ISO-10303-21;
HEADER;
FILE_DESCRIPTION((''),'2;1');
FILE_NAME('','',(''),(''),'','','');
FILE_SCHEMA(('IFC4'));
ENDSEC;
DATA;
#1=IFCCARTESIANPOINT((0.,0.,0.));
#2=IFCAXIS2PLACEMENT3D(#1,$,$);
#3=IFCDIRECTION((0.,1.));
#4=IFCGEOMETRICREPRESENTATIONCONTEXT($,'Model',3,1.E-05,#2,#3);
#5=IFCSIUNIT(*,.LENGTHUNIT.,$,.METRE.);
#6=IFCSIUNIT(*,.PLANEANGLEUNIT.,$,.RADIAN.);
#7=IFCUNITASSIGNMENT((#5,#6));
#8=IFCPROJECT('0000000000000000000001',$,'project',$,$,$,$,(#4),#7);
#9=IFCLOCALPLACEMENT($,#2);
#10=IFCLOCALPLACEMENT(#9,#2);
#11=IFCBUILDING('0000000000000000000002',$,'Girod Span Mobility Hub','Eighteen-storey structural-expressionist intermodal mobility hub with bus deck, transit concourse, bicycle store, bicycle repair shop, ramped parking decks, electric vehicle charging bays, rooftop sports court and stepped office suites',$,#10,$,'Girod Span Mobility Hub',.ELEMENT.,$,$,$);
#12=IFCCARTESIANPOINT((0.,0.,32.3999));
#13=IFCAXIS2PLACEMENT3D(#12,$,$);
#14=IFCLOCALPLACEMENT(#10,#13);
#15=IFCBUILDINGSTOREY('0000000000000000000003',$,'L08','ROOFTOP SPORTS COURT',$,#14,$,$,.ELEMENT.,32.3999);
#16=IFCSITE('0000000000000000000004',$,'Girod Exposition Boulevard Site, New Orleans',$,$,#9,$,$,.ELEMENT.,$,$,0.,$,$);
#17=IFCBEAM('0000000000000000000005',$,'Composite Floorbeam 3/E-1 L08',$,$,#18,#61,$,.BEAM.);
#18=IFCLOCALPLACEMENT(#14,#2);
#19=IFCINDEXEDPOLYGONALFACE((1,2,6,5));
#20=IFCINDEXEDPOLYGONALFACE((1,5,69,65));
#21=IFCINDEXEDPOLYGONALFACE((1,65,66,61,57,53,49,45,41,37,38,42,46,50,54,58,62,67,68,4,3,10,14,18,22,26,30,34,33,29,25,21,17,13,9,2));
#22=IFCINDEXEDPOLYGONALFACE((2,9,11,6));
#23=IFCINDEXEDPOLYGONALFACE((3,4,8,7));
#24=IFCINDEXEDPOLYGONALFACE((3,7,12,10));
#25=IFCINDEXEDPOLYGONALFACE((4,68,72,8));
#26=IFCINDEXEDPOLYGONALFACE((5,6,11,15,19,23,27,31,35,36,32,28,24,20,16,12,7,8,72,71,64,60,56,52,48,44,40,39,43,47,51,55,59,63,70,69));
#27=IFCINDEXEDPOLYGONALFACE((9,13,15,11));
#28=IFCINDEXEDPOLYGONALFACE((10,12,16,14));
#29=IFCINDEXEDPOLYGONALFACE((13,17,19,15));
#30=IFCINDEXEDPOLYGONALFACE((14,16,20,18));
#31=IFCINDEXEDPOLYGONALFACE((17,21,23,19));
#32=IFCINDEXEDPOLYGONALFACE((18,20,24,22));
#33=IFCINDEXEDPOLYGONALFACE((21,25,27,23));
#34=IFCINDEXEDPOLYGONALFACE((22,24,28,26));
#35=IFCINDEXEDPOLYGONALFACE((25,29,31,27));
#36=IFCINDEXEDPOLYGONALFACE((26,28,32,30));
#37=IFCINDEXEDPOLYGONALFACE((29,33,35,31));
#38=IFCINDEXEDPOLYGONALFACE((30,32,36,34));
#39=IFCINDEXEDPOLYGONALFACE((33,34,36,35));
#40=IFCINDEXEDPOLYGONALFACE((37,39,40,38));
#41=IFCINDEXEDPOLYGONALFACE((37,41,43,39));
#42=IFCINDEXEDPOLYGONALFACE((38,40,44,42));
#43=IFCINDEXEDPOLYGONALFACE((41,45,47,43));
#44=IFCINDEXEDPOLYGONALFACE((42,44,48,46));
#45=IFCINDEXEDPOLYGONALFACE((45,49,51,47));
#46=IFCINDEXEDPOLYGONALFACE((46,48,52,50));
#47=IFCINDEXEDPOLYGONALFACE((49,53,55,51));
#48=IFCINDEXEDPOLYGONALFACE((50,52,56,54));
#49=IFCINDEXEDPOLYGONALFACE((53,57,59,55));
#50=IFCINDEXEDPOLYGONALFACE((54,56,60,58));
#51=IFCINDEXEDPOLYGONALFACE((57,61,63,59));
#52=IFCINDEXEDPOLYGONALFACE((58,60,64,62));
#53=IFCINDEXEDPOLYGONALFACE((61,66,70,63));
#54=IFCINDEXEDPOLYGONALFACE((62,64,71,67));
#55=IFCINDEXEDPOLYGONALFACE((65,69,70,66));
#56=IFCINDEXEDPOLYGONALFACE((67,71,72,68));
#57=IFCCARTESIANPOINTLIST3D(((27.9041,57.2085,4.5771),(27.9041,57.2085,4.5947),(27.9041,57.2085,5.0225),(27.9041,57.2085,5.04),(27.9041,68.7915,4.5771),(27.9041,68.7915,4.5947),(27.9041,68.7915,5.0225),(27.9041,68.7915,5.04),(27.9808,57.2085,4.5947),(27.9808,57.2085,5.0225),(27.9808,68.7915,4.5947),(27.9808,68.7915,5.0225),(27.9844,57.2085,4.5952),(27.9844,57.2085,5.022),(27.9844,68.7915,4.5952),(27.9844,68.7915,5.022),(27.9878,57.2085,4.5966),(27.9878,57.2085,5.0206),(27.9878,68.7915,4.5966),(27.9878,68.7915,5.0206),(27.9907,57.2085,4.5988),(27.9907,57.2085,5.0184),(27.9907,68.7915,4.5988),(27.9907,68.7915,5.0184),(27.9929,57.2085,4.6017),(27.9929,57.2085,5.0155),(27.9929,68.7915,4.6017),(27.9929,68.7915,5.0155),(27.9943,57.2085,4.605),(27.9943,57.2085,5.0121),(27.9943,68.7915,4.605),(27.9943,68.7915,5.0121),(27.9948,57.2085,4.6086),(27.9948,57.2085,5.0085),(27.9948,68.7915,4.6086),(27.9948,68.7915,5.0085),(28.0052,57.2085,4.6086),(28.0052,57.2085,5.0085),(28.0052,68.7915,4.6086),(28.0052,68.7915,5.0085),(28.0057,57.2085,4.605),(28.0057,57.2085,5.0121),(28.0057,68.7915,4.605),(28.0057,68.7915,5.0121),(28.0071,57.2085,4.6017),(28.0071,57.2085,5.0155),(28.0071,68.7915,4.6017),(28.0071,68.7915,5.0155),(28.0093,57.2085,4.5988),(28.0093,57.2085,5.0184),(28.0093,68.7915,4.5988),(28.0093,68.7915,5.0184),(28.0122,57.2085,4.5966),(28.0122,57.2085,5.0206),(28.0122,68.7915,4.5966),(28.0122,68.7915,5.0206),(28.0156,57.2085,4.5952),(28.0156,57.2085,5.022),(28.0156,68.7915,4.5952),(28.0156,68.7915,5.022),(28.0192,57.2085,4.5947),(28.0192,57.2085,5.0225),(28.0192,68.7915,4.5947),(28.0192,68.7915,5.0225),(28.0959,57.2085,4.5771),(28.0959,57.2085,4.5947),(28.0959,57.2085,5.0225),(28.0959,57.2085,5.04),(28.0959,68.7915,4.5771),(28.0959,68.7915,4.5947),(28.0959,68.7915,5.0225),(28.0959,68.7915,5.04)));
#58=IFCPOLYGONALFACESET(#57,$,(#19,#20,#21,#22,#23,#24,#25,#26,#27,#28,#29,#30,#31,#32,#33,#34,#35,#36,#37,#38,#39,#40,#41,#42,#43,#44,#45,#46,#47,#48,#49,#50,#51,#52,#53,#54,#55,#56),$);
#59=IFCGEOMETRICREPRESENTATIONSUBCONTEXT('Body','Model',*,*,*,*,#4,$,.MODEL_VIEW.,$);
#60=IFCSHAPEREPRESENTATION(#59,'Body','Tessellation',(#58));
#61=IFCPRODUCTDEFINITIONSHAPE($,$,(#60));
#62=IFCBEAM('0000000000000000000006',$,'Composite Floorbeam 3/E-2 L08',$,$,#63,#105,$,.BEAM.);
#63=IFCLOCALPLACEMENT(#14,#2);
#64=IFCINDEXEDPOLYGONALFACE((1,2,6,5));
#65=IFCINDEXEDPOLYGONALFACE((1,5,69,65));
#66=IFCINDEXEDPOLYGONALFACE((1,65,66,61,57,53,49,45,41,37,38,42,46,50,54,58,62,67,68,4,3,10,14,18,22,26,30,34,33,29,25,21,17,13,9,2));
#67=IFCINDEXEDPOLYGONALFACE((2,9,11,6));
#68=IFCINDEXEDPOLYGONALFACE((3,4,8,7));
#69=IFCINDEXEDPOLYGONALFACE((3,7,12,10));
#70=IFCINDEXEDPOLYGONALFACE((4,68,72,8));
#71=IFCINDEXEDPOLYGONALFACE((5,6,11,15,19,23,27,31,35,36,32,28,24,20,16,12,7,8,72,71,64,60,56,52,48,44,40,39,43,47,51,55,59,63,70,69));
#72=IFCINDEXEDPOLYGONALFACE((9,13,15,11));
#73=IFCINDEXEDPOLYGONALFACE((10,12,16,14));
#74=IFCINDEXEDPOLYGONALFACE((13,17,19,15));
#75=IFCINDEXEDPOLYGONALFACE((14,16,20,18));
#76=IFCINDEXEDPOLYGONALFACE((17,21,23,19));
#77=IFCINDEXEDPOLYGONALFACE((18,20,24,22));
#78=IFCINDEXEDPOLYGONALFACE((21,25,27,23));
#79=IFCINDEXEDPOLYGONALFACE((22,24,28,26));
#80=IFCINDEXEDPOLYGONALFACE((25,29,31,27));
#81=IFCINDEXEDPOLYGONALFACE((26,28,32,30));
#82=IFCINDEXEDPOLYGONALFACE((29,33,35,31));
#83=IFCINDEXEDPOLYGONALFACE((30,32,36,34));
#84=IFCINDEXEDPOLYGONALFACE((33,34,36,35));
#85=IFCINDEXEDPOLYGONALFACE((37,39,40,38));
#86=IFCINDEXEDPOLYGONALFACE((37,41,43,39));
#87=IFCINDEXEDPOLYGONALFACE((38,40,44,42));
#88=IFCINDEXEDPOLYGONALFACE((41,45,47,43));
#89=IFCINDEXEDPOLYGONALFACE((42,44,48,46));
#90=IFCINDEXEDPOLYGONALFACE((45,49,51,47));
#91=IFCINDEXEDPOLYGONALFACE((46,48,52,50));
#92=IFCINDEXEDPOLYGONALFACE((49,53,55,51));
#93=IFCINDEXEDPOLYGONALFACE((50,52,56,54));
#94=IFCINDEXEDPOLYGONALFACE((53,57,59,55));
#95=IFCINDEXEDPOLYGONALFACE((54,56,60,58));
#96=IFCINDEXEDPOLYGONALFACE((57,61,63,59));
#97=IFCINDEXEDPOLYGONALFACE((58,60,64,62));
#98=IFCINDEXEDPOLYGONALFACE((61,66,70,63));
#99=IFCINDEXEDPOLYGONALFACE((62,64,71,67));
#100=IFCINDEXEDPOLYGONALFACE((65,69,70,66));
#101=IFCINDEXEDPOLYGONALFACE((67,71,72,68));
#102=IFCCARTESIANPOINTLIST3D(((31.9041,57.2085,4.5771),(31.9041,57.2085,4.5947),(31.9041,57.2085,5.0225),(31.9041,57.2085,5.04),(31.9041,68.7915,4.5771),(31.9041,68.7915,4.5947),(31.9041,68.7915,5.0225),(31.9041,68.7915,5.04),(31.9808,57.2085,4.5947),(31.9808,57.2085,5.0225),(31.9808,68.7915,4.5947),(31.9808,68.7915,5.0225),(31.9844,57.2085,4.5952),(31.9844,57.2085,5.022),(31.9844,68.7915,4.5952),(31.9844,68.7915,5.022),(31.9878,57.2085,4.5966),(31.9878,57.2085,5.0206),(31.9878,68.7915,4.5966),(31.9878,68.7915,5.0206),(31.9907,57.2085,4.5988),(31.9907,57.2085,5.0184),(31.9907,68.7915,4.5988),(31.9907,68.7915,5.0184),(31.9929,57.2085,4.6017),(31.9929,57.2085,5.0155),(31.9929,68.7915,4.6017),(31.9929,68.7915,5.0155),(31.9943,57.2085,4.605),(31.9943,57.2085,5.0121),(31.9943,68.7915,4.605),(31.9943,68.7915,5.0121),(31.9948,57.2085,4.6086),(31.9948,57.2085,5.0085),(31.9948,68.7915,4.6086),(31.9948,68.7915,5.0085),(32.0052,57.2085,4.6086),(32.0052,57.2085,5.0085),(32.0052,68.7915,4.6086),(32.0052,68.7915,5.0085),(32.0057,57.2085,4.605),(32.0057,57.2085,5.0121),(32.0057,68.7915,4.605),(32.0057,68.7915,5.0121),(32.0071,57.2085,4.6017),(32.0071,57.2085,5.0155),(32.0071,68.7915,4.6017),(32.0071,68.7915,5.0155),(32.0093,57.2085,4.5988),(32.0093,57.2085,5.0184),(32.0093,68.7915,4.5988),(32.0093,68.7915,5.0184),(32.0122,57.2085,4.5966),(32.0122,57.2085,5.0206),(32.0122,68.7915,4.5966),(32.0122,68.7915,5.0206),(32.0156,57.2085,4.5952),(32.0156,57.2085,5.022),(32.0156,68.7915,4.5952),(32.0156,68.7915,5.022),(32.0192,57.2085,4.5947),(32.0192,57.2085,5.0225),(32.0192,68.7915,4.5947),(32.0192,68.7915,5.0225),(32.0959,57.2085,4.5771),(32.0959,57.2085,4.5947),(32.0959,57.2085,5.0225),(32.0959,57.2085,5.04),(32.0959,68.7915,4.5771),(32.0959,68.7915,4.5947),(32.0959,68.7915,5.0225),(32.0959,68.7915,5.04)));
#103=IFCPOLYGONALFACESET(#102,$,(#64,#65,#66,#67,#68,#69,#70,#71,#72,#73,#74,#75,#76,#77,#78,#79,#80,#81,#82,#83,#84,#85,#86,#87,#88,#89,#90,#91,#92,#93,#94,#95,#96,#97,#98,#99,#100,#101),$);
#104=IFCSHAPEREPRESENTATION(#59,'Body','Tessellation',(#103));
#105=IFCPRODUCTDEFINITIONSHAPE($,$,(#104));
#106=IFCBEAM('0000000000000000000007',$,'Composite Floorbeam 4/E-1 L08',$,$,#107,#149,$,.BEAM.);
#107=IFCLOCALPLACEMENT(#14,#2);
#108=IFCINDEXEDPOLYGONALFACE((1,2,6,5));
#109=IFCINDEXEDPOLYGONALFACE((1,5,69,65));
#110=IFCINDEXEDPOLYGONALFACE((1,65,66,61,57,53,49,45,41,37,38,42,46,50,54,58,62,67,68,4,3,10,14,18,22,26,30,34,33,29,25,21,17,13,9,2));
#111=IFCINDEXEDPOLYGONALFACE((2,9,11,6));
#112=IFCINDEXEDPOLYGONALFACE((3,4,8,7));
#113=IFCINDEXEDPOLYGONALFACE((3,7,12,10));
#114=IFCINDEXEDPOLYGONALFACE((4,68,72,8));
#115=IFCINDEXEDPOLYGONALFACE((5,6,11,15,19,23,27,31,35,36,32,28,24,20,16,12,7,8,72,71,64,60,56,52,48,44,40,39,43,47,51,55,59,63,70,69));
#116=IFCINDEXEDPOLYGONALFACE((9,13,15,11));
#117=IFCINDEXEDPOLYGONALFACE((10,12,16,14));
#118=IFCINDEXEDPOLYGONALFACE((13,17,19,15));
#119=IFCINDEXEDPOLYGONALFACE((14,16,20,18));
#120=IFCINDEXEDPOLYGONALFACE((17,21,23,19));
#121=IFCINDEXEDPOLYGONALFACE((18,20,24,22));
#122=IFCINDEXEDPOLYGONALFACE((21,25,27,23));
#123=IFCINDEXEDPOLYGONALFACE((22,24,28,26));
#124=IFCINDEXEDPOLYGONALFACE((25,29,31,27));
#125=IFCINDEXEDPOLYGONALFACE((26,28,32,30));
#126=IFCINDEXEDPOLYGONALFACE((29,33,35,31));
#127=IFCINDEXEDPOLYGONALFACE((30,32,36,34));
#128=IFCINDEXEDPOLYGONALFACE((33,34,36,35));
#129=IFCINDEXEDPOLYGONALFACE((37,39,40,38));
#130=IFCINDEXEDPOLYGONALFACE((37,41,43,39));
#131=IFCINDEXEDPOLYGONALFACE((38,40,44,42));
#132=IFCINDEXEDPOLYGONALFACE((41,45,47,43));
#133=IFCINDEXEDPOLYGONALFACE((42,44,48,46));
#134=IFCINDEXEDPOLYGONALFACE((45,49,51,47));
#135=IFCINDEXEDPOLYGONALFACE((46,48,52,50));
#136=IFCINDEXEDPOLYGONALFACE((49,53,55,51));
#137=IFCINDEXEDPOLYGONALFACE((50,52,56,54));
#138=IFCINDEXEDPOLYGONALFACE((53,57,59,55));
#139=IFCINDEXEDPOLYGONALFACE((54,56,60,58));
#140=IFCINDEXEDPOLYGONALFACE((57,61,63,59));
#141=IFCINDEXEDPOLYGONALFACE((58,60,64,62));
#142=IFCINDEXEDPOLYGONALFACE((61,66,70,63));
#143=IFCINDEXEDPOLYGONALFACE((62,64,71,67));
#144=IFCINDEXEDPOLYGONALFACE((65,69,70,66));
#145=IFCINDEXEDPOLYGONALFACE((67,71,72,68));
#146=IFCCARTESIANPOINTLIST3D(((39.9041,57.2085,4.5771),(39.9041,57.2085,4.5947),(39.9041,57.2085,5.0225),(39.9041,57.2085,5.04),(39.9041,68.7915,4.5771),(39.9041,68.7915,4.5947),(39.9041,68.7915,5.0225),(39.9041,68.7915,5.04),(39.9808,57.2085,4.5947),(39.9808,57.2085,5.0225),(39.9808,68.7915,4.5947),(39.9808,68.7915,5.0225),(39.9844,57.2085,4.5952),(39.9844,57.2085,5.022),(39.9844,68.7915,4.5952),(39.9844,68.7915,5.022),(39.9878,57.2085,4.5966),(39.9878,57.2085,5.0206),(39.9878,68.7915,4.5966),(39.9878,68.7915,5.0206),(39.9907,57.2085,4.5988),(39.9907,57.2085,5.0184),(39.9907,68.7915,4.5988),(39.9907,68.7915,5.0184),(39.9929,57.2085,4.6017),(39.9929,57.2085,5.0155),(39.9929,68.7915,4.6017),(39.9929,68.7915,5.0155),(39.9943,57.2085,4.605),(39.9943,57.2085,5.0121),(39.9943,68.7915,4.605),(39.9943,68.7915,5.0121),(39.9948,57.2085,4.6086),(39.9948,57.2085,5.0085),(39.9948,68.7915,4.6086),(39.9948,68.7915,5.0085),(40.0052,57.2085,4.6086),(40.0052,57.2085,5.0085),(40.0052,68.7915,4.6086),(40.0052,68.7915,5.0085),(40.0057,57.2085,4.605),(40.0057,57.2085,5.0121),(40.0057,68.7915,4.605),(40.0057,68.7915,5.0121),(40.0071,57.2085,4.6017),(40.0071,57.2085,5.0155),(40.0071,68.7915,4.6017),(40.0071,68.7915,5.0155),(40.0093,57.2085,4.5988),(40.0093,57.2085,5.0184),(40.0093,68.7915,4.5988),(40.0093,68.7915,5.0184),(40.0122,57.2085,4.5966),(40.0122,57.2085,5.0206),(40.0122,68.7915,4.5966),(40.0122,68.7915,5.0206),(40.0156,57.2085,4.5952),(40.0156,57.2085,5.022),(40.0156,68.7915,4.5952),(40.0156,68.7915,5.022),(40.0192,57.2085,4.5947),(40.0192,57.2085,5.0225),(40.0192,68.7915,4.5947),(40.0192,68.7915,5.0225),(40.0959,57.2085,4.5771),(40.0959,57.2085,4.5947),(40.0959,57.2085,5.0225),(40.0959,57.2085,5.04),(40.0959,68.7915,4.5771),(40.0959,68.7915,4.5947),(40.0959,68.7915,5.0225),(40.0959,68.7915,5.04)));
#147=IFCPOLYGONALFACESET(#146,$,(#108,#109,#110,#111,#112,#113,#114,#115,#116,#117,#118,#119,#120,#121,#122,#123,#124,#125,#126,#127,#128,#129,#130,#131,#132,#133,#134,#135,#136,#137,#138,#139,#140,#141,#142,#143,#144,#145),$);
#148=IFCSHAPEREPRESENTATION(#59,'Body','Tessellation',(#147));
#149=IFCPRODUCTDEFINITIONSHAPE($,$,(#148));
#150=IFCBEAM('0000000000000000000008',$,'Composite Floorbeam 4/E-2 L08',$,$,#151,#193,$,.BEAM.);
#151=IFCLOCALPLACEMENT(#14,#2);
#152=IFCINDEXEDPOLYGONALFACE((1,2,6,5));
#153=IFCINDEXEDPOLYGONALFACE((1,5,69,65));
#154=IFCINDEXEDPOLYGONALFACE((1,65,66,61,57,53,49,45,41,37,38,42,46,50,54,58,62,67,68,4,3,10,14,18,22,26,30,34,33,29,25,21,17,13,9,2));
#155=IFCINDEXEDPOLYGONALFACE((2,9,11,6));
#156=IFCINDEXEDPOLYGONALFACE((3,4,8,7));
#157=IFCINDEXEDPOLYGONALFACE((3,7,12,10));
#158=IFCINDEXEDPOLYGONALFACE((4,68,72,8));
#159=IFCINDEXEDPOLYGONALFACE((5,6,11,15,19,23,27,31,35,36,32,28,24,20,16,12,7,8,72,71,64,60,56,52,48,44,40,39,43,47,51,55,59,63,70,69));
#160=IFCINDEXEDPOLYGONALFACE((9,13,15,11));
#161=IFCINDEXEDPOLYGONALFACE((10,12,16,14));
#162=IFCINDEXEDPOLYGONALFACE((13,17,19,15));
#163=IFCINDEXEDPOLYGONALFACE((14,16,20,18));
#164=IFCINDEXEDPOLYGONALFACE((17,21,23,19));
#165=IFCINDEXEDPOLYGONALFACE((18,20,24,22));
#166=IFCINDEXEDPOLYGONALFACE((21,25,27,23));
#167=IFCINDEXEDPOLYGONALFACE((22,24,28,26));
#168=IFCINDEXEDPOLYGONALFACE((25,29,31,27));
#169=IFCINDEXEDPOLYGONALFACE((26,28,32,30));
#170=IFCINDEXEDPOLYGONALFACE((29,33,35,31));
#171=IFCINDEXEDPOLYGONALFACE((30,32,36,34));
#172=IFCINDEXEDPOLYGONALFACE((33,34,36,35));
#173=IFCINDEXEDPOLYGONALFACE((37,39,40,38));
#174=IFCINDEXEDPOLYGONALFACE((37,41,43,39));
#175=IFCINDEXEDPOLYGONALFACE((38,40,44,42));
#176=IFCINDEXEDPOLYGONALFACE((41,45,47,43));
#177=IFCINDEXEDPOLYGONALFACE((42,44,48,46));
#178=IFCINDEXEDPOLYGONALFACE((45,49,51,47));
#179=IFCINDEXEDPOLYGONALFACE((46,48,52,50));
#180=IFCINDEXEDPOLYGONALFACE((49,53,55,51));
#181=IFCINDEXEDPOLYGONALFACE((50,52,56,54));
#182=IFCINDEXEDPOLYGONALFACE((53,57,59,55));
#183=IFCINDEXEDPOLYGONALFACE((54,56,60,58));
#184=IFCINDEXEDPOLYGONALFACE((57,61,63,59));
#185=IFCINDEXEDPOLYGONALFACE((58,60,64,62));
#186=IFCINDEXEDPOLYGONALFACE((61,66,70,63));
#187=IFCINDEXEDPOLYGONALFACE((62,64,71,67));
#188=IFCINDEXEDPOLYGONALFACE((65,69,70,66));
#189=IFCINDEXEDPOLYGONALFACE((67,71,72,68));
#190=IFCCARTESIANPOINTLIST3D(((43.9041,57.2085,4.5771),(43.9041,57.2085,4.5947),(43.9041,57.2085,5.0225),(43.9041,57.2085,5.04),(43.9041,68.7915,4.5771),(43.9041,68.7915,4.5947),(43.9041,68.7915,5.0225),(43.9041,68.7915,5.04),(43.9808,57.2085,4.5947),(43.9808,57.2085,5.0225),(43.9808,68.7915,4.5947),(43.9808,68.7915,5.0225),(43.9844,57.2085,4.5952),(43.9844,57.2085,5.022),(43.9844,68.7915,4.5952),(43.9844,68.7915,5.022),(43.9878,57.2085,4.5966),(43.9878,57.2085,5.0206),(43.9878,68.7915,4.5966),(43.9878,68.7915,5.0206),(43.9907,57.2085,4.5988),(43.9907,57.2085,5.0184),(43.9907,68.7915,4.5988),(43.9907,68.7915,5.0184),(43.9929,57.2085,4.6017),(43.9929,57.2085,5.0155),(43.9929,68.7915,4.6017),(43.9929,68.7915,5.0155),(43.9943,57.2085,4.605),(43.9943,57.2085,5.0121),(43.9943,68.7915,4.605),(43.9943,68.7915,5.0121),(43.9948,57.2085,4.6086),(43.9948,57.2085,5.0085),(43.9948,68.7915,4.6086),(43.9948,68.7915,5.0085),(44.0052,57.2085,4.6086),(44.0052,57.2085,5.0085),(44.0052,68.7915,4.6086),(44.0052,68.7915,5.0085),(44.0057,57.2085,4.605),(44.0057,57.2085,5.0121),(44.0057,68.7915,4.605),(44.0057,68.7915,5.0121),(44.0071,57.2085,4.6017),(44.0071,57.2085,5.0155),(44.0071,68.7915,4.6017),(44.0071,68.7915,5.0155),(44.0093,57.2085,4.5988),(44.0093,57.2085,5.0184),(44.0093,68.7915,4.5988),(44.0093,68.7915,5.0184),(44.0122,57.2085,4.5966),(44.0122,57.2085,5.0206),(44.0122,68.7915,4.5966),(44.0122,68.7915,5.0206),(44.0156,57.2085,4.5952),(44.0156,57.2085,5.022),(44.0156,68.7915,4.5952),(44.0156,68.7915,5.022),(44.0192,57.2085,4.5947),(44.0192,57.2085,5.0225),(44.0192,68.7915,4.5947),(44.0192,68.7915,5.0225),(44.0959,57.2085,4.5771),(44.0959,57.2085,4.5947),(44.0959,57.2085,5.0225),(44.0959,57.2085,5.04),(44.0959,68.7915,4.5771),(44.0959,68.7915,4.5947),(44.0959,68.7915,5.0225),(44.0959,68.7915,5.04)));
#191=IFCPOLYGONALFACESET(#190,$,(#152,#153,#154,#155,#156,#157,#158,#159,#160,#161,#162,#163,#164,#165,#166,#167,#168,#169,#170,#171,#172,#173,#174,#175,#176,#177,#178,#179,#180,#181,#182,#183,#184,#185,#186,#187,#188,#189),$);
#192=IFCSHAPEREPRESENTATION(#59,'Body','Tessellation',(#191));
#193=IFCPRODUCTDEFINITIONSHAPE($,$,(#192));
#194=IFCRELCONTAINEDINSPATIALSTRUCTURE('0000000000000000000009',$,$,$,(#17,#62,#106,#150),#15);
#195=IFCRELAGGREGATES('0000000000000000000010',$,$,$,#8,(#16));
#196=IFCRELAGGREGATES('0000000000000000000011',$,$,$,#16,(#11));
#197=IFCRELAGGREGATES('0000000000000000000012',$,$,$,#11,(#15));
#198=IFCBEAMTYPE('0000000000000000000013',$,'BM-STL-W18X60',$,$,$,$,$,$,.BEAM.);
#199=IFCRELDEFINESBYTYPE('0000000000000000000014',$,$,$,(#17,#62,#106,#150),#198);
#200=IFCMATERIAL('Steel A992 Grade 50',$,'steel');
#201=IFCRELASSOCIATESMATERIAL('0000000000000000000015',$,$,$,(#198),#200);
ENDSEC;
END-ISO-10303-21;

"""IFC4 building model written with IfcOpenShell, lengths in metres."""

from ifc_helpers import new_model, si_unit, direction, frame, origin, origin_2d, place, context, subcontext, project, spatial, i_section, extrude, material, material_profile, profile_set, type_object, element, save


model = new_model("IFC4")

# Units and contexts
model_context = context("Model", 3, precision=1e-05, world=origin(), true_north=direction((0.0, 1.0)))
body_context = subcontext(model_context, "Body", "Model", "MODEL_VIEW")
ifc_project = project(units=[si_unit("LENGTHUNIT", "METRE"), si_unit("PLANEANGLEUNIT", "RADIAN")], contexts=[model_context])

# Site, building, storey
site_placement = place(None, origin())
site = spatial("IfcSite", under=ifc_project, at=site_placement, Name="Girod Exposition Boulevard Site, New Orleans", CompositionType="ELEMENT", RefElevation=0.0)
building_placement = place(site_placement, origin())
building = spatial("IfcBuilding", under=site, at=building_placement, Name="Girod Span Mobility Hub", Description="Eighteen-storey structural-expressionist intermodal mobility hub with bus deck, transit concourse, bicycle store, bicycle repair shop, ramped parking decks, electric vehicle charging bays, rooftop sports court and stepped office suites", LongName="Girod Span Mobility Hub", CompositionType="ELEMENT")
storey_placement = place(building_placement, frame((0.0, 0.0, 32.3999)))
storey = spatial("IfcBuildingStorey", under=building, at=storey_placement, Name="L08", Description="ROOFTOP SPORTS COURT", CompositionType="ELEMENT", Elevation=32.3999)

# Beams
ifc_material_1 = material(Name="Steel A992 Grade 50", Category="steel")
ifc_material_profile_1 = material_profile(ifc_material_1, i_section(OverallWidth=0.1919, OverallDepth=0.4629, WebThickness=0.0105, FlangeThickness=0.0176, FilletRadius=0.0139, at=origin_2d()), Name="W18X60")
ifc_profile_set_1 = profile_set([ifc_material_profile_1], Name="Steel A992 Grade 50")
beam_type_1 = type_object("IfcBeamType", Name="BM-STL-W18X60", PredefinedType="BEAM", material=ifc_profile_set_1)
for number, where, z_axis, x_axis, name in (
    (1, (28.0, 57.2085, 4.8086), (0.0, 1.0, 0.0), (-1.0, 0.0, 0.0), "Composite Floorbeam 3/E-1 L08"),
    (2, (32.0, 57.2085, 4.8086), (0.0, 1.0, 0.0), (-1.0, 0.0, 0.0), "Composite Floorbeam 3/E-2 L08"),
    (3, (40.0, 57.2085, 4.8086), (0.0, 1.0, 0.0), (-1.0, 0.0, 0.0), "Composite Floorbeam 4/E-1 L08"),
    (4, (44.0, 57.2085, 4.8086), (0.0, 1.0, 0.0), (-1.0, 0.0, 0.0), "Composite Floorbeam 4/E-2 L08"),
):
    element("IfcBeam", number, at=place(storey_placement, frame(where, z_axis=z_axis, x_axis=x_axis)), inside=storey, type_object=beam_type_1, Name=name, PredefinedType="BEAM", context=body_context, shape_type="SweptSolid", body=[
        extrude(i_section(OverallWidth=0.1919, OverallDepth=0.4629, WebThickness=0.0105, FlangeThickness=0.0176, FilletRadius=0.0139, at=origin_2d()), origin(), (0.0, 0.0, 1.0), 11.583),
    ])

save(model, "model.ifc")
